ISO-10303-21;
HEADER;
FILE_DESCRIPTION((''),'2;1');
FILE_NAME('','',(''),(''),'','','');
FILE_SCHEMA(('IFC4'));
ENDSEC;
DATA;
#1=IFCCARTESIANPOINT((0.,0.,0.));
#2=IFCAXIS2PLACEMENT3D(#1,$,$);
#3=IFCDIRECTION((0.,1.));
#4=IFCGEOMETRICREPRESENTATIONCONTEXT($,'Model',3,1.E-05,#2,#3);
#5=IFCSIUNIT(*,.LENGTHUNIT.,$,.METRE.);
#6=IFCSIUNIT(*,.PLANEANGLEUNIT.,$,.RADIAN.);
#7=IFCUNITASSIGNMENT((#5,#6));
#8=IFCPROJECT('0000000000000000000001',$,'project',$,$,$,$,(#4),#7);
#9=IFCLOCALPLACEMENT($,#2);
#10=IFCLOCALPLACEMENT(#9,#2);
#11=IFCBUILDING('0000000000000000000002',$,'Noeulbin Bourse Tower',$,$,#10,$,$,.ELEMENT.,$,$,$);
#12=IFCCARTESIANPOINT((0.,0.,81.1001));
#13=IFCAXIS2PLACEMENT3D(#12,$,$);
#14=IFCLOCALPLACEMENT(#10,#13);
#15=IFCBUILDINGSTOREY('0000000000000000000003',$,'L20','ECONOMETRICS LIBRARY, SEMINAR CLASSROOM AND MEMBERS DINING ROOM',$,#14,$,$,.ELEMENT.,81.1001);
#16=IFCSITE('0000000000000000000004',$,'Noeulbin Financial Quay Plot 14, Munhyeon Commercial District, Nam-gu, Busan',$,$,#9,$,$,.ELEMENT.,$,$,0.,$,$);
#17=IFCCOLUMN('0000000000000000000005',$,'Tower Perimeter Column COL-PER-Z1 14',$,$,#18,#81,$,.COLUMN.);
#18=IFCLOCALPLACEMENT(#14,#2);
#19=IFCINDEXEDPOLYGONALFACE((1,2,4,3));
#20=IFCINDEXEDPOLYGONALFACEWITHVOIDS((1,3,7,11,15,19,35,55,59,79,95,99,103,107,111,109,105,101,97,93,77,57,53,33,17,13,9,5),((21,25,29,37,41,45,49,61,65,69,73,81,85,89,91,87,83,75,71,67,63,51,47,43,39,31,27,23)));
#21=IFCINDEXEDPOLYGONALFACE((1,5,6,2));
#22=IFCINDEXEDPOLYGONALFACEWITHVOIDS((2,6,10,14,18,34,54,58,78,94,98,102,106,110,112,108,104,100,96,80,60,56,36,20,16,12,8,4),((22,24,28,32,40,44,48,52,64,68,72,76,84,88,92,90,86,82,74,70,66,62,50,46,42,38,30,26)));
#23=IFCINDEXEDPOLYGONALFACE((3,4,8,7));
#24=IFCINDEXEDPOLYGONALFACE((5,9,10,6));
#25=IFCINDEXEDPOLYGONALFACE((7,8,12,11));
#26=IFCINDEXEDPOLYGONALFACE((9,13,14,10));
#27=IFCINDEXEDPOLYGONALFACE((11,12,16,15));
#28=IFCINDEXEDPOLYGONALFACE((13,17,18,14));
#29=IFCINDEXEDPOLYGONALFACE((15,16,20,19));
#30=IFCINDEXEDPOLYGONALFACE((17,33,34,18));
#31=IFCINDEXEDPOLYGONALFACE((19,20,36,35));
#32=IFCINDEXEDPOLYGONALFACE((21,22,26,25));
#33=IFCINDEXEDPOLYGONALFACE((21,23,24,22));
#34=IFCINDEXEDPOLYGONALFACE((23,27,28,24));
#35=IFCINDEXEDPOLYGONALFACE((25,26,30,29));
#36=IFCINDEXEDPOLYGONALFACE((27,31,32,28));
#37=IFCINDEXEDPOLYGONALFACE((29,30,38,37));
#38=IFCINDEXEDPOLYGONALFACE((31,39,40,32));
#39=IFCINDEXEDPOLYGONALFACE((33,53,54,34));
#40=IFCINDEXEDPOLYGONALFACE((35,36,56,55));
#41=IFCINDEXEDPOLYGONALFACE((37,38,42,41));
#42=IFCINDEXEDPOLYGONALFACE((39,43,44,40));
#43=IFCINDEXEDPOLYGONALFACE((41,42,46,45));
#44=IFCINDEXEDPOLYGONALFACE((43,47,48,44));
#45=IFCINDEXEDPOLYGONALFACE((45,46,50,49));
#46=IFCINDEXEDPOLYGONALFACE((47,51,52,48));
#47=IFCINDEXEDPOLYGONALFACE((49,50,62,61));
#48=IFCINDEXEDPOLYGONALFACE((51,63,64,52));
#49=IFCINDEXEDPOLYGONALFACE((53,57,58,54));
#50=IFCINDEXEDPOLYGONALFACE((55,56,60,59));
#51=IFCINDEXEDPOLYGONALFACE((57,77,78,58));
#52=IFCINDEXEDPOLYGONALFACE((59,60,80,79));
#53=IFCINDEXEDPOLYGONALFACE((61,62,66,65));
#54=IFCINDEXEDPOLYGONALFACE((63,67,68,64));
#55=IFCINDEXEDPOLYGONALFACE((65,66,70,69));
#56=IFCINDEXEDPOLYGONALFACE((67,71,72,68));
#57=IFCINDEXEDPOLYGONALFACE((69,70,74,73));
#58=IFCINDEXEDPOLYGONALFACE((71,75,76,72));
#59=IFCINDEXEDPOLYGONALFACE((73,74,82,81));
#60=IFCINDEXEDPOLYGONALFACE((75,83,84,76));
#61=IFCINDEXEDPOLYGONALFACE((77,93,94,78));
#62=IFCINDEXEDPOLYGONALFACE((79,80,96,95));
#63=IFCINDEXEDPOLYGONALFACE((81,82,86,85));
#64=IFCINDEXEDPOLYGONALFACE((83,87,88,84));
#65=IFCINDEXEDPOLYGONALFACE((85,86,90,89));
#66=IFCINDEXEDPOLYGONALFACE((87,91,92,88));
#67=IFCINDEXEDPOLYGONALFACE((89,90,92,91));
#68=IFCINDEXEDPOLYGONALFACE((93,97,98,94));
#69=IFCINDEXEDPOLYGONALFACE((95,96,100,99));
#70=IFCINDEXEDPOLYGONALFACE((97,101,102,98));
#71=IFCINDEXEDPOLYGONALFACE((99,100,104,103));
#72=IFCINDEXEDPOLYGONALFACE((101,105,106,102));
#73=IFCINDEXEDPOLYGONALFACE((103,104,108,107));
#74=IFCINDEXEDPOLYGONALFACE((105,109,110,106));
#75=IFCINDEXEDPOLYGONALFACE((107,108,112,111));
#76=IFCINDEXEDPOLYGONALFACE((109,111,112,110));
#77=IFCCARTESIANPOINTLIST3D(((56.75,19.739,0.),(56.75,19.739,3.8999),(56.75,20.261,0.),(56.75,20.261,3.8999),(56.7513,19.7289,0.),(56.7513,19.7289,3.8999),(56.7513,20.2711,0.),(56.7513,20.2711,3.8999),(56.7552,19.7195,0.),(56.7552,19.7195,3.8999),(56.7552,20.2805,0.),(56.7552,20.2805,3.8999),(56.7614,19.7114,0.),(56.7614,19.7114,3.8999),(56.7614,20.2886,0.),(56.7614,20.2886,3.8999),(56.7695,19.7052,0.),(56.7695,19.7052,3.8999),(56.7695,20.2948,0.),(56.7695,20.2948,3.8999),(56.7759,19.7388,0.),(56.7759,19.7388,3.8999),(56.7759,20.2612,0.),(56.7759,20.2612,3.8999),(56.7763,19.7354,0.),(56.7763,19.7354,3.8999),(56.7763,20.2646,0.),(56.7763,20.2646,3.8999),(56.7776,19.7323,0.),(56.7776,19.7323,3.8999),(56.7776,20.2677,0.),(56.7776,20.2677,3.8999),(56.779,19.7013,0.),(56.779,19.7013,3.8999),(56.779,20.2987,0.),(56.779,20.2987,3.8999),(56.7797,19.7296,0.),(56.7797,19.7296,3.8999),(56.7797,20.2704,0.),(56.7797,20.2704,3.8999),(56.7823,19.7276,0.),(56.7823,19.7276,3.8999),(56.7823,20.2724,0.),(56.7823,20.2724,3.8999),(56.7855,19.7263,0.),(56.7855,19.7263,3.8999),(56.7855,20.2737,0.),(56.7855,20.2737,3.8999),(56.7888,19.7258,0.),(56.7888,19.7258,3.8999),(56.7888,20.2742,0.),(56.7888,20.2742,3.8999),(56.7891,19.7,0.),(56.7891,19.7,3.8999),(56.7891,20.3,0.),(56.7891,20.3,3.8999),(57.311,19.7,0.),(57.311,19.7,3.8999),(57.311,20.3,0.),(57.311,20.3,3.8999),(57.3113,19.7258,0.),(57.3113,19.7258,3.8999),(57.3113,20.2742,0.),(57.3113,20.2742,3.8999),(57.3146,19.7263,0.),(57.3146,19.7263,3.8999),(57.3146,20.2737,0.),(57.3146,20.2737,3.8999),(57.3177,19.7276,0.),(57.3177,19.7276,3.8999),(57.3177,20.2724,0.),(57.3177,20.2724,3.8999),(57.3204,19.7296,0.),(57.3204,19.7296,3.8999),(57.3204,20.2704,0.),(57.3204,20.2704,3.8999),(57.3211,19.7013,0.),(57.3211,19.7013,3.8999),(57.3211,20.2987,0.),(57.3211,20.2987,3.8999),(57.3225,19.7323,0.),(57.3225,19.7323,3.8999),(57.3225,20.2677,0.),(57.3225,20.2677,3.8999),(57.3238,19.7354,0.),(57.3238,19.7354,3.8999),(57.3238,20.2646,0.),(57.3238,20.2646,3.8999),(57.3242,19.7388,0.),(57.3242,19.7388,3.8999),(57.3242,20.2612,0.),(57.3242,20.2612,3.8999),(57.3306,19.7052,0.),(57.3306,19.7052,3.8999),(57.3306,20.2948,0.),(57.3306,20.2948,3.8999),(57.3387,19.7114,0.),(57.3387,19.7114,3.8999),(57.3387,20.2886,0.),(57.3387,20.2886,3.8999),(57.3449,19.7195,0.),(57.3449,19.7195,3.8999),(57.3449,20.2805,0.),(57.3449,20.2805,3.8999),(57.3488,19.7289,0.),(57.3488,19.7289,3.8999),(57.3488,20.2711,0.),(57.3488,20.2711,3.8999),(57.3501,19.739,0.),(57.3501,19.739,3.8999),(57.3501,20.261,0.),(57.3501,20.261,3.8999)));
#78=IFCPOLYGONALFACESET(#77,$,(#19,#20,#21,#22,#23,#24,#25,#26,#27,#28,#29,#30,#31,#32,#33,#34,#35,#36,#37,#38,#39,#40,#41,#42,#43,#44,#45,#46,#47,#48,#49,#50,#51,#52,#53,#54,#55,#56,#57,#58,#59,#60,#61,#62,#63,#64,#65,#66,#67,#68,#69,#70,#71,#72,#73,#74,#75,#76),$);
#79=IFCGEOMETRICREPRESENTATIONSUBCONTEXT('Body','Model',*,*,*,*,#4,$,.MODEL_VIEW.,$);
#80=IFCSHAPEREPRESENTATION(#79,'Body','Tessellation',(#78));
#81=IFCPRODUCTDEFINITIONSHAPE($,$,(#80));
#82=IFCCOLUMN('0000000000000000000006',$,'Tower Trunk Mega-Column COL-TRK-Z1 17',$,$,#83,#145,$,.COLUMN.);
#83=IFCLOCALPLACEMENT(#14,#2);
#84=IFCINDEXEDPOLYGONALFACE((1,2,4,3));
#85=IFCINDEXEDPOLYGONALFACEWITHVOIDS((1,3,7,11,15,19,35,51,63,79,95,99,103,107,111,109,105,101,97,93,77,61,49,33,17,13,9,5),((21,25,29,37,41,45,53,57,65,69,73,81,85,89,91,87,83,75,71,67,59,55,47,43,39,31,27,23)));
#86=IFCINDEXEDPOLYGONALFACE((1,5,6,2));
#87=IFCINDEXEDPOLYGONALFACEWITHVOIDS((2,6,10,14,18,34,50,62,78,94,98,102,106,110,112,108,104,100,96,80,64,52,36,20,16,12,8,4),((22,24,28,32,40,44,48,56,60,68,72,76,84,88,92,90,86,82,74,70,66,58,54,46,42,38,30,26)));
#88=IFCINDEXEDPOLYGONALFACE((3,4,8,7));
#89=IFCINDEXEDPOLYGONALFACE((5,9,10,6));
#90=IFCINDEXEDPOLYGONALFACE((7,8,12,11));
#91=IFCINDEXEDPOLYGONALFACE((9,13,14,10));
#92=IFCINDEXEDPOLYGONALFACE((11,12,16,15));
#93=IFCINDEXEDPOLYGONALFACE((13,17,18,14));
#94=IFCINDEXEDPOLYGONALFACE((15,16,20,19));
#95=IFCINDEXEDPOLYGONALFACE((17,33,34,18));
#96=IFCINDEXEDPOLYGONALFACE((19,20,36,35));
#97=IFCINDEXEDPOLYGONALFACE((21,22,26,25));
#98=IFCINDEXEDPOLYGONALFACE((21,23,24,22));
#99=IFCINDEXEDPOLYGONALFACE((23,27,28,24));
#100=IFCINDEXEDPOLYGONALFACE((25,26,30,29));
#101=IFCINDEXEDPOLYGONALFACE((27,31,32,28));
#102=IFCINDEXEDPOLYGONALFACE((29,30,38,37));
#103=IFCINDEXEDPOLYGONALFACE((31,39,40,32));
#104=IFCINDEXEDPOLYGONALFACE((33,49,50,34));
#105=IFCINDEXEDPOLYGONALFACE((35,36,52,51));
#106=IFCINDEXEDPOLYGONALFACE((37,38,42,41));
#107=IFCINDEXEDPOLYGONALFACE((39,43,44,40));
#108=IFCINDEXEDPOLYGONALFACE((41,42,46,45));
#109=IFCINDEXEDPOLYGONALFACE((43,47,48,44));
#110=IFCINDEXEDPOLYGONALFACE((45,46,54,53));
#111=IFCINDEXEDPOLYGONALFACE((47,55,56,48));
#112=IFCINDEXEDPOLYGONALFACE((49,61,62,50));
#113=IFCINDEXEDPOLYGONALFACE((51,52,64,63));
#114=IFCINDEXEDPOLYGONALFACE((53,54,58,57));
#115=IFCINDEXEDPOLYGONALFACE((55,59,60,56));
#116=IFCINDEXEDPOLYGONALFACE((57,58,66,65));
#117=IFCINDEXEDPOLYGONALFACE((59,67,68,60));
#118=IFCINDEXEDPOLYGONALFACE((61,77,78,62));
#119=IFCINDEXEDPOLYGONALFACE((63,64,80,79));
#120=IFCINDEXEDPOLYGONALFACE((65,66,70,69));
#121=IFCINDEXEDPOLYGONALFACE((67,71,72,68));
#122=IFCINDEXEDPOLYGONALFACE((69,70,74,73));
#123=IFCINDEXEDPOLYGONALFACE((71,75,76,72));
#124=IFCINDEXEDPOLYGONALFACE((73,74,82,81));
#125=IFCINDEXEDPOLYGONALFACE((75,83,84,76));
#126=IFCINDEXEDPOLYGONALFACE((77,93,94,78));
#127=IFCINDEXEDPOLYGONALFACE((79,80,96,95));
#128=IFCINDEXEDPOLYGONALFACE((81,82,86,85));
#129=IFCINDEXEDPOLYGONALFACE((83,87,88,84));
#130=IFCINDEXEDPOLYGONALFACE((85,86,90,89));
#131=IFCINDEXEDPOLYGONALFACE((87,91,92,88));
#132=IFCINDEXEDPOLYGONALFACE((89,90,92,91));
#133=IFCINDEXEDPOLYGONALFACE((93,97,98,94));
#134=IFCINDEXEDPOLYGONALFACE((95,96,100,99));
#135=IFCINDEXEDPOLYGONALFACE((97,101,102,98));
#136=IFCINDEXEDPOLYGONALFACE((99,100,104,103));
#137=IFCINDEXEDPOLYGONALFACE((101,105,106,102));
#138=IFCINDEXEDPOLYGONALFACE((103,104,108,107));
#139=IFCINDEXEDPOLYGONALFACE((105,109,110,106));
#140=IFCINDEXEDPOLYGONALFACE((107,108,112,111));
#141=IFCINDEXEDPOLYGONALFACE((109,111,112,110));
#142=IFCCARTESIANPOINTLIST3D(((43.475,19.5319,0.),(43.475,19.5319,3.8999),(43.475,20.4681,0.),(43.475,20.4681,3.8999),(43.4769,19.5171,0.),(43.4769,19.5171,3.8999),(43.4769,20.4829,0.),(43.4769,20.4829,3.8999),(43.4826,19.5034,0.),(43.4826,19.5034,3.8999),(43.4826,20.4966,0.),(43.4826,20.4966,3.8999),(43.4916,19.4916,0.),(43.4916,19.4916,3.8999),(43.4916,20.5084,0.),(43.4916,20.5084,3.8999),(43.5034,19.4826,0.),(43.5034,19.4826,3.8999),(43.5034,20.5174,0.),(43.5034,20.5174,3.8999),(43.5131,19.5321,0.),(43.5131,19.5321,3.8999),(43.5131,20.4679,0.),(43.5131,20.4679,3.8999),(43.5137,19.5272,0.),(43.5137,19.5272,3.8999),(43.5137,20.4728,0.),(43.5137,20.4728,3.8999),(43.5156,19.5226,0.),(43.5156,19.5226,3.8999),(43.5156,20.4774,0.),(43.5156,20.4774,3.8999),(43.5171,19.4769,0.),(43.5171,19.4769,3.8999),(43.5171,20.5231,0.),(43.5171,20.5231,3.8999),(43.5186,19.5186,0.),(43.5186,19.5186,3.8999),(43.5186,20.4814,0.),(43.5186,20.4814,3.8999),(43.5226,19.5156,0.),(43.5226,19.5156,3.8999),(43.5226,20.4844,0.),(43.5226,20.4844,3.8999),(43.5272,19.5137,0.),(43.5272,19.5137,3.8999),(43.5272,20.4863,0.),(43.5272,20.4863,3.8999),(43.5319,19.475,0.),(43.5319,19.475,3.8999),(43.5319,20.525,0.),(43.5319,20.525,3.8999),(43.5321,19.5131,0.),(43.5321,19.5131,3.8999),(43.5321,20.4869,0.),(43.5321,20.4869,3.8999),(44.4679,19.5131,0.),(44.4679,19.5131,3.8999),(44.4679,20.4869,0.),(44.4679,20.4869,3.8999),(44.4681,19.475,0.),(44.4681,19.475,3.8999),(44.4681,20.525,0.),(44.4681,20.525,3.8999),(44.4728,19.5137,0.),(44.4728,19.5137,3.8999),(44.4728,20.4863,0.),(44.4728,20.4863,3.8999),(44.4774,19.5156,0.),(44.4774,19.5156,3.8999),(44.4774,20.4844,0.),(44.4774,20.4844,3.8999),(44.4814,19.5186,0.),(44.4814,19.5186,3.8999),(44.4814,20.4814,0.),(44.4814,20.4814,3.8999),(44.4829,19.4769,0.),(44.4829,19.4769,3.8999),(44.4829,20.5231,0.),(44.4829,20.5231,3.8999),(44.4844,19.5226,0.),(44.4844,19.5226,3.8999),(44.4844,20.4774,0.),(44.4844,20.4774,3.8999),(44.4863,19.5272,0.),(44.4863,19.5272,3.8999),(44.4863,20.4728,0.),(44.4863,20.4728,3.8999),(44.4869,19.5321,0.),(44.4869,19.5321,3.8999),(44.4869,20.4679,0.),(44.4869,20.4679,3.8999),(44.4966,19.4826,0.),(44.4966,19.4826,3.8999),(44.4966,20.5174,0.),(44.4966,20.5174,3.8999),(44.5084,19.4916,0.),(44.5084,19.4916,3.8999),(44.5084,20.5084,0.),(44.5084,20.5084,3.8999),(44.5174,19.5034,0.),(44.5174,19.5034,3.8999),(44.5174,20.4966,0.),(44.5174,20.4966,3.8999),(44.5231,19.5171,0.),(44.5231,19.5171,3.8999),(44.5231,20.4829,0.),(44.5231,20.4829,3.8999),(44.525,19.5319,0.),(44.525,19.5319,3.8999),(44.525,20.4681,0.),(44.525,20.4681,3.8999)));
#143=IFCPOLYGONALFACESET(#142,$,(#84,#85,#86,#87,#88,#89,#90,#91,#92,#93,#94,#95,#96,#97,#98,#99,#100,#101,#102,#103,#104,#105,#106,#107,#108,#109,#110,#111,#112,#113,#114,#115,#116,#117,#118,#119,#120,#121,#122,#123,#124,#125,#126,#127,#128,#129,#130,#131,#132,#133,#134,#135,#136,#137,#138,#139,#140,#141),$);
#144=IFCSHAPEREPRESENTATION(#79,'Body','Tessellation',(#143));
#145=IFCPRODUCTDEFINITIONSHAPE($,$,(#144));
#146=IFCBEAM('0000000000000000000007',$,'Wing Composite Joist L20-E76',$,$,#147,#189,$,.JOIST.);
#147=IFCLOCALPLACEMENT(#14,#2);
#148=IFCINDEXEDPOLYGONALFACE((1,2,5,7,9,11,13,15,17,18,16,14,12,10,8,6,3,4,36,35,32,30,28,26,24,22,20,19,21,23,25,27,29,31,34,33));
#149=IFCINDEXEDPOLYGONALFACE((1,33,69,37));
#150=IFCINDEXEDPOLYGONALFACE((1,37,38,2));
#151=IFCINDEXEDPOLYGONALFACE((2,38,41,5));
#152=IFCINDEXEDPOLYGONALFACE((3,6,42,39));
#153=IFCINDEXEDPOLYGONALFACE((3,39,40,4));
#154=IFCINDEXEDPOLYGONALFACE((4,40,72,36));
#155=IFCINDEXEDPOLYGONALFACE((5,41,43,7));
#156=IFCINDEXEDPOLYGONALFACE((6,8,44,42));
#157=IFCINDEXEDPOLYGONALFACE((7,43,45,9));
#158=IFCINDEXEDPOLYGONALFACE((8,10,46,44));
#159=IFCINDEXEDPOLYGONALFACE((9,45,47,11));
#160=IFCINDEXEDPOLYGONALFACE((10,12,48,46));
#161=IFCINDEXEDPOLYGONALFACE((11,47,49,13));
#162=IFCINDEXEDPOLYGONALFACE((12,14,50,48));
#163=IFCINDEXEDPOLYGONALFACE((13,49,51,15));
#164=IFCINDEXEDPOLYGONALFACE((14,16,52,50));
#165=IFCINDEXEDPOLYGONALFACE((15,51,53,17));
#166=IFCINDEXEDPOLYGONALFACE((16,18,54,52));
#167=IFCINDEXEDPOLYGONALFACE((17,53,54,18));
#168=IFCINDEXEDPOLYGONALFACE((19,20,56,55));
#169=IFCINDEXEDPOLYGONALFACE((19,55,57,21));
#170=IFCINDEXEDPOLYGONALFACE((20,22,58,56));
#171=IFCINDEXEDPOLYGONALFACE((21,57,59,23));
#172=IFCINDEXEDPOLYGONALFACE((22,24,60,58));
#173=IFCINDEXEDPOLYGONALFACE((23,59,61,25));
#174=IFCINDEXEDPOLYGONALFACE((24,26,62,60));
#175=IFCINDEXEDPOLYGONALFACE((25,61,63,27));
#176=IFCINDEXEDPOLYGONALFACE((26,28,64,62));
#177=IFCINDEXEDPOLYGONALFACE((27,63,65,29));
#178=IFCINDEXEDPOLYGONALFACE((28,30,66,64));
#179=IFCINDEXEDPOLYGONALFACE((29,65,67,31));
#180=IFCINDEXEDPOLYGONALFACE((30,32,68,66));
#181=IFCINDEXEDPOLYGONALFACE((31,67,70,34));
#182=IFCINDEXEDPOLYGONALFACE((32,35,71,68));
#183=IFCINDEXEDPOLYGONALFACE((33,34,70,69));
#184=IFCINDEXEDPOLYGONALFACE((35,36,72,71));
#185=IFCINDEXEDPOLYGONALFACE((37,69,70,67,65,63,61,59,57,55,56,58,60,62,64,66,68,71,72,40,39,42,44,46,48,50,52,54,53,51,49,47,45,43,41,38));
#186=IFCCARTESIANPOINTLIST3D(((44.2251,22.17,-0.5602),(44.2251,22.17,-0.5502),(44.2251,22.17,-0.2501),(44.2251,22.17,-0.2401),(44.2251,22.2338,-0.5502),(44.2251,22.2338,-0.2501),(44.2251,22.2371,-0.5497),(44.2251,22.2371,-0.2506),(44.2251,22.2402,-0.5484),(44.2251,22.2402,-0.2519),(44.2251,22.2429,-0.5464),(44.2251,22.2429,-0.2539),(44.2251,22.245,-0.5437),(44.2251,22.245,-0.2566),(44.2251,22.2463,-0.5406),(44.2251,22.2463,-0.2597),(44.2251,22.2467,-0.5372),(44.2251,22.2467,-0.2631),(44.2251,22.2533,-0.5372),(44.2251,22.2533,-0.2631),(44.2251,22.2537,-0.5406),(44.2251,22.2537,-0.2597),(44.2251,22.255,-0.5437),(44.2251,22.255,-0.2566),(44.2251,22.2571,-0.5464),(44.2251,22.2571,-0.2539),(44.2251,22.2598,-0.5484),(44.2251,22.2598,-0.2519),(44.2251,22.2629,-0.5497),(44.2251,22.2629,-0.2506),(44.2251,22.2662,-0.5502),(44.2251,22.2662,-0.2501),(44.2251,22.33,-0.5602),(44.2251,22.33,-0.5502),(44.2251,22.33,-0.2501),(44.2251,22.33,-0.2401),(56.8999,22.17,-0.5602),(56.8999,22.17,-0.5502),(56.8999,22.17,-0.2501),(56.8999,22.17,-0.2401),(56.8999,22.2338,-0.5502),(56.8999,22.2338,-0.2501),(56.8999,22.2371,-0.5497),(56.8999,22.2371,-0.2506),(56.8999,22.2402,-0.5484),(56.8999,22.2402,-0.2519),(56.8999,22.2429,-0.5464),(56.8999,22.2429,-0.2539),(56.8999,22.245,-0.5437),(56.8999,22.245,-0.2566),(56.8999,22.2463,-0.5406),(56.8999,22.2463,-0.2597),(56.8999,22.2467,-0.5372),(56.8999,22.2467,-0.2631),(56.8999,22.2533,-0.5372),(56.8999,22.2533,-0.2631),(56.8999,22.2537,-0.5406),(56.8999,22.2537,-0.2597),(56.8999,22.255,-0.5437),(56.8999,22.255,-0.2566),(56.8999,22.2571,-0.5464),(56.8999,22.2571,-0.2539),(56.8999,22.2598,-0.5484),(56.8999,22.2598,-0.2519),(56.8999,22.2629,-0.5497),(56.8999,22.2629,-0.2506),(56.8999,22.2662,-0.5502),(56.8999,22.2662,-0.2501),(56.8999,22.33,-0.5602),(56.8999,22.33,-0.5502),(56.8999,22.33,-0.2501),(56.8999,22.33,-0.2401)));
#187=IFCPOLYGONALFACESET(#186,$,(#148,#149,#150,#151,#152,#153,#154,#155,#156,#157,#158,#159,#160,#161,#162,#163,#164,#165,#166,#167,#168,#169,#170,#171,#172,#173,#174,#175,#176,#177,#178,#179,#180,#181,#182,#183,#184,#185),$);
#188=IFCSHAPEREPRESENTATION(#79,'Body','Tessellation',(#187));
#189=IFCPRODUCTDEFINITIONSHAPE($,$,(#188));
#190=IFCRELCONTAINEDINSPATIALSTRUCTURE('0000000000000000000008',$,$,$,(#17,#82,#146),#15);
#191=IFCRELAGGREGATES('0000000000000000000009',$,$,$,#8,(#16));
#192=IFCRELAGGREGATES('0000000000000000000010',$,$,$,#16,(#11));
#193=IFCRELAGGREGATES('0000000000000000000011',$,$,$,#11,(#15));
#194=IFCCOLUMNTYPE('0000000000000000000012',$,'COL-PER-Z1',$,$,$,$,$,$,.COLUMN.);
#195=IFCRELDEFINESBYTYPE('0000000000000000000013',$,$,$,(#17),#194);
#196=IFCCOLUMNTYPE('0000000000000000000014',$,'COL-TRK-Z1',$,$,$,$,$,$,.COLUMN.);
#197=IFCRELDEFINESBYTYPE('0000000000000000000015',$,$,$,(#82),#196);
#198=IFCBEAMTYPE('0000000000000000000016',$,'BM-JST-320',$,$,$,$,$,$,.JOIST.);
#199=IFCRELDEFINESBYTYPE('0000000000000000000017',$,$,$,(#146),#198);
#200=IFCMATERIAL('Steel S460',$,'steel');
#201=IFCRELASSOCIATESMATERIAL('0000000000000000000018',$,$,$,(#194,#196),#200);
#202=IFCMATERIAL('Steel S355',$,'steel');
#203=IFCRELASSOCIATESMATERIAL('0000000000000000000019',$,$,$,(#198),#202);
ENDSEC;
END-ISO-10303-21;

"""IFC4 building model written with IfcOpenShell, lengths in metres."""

from ifc_helpers import new_model, si_unit, direction, frame, origin, origin_2d, place, context, subcontext, project, spatial, hollow_rectangle, i_section, extrude, material, material_profile, profile_set, type_object, element, save


model = new_model("IFC4")

# Units and contexts
model_context = context("Model", 3, precision=1e-05, world=origin(), true_north=direction((0.0, 1.0)))
body_context = subcontext(model_context, "Body", "Model", "MODEL_VIEW")
ifc_project = project(units=[si_unit("LENGTHUNIT", "METRE"), si_unit("PLANEANGLEUNIT", "RADIAN")], contexts=[model_context])

# Site, building, storey
site_placement = place(None, origin())
site = spatial("IfcSite", under=ifc_project, at=site_placement, Name="Noeulbin Financial Quay Plot 14, Munhyeon Commercial District, Nam-gu, Busan", CompositionType="ELEMENT", RefElevation=0.0)
building_placement = place(site_placement, origin())
building = spatial("IfcBuilding", under=site, at=building_placement, Name="Noeulbin Bourse Tower", CompositionType="ELEMENT")
storey_placement = place(building_placement, frame((0.0, 0.0, 81.1001)))
storey = spatial("IfcBuildingStorey", under=building, at=storey_placement, Name="L20", Description="ECONOMETRICS LIBRARY, SEMINAR CLASSROOM AND MEMBERS DINING ROOM", CompositionType="ELEMENT", Elevation=81.1001)

# Columns
ifc_material_1 = material(Name="Steel S460", Category="steel")
ifc_material_profile_1 = material_profile(ifc_material_1, hollow_rectangle(XDim=0.6001, YDim=0.6001, WallThickness=0.0259, InnerFilletRadius=0.0129, OuterFilletRadius=0.0391, at=origin_2d()), Name="BOX-600x600x26", Category="LoadBearing")
ifc_profile_set_1 = profile_set([ifc_material_profile_1], Name="Steel S460")
column_type_1 = type_object("IfcColumnType", Name="COL-PER-Z1", PredefinedType="COLUMN", material=ifc_profile_set_1)
column_1_placement = place(storey_placement, frame((57.05, 20.0, 0.0), z_axis=(0.0, 0.0, 1.0), x_axis=(1.0, 0.0, 0.0)))
element("IfcColumn", 1, at=column_1_placement, inside=storey, type_object=column_type_1, Name="Tower Perimeter Column COL-PER-Z1 14", PredefinedType="COLUMN", context=body_context, shape_type="SweptSolid", body=[
    extrude(hollow_rectangle(XDim=0.6001, YDim=0.6001, WallThickness=0.0259, InnerFilletRadius=0.0129, OuterFilletRadius=0.0391, at=origin_2d()), origin(), (0.0, 0.0, 1.0), 3.8999),
])
ifc_material_profile_2 = material_profile(ifc_material_1, hollow_rectangle(XDim=1.05, YDim=1.05, WallThickness=0.0381, InnerFilletRadius=0.019, OuterFilletRadius=0.0569, at=origin_2d()), Name="BOX-1050x1050x38", Category="LoadBearing")
ifc_profile_set_2 = profile_set([ifc_material_profile_2], Name="Steel S460")
column_type_2 = type_object("IfcColumnType", Name="COL-TRK-Z1", PredefinedType="COLUMN", material=ifc_profile_set_2)
column_2_placement = place(storey_placement, frame((44.0, 20.0, 0.0), z_axis=(0.0, 0.0, 1.0), x_axis=(1.0, 0.0, 0.0)))
element("IfcColumn", 2, at=column_2_placement, inside=storey, type_object=column_type_2, Name="Tower Trunk Mega-Column COL-TRK-Z1 17", PredefinedType="COLUMN", context=body_context, shape_type="SweptSolid", body=[
    extrude(hollow_rectangle(XDim=1.05, YDim=1.05, WallThickness=0.0381, InnerFilletRadius=0.019, OuterFilletRadius=0.0569, at=origin_2d()), origin(), (0.0, 0.0, 1.0), 3.8999),
])

# Beam
ifc_material_2 = material(Name="Steel S355", Category="steel")
ifc_material_profile_3 = material_profile(ifc_material_2, i_section(OverallWidth=0.1599, OverallDepth=0.3201, WebThickness=0.0066, FlangeThickness=0.01, FilletRadius=0.0129, at=origin_2d()), Name="H-320x160x6.5x10", Category="LoadBearing")
ifc_profile_set_3 = profile_set([ifc_material_profile_3], Name="Steel S355")
beam_type_1 = type_object("IfcBeamType", Name="BM-JST-320", PredefinedType="JOIST", material=ifc_profile_set_3)
for number, where, z_axis, x_axis, name in (
    (3, (44.2251, 22.25, -0.4001), (1.0, 0.0, 0.0), (0.0, 1.0, 0.0), "Wing Composite Joist L20-E76"),
):
    element("IfcBeam", number, at=place(storey_placement, frame(where, z_axis=z_axis, x_axis=x_axis)), inside=storey, type_object=beam_type_1, Name=name, PredefinedType="JOIST", context=body_context, shape_type="SweptSolid", body=[
        extrude(i_section(OverallWidth=0.1599, OverallDepth=0.3201, WebThickness=0.0066, FlangeThickness=0.01, FilletRadius=0.0129, at=origin_2d()), origin(), (0.0, 0.0, 1.0), 12.6748),
    ])

save(model, "model.ifc")
